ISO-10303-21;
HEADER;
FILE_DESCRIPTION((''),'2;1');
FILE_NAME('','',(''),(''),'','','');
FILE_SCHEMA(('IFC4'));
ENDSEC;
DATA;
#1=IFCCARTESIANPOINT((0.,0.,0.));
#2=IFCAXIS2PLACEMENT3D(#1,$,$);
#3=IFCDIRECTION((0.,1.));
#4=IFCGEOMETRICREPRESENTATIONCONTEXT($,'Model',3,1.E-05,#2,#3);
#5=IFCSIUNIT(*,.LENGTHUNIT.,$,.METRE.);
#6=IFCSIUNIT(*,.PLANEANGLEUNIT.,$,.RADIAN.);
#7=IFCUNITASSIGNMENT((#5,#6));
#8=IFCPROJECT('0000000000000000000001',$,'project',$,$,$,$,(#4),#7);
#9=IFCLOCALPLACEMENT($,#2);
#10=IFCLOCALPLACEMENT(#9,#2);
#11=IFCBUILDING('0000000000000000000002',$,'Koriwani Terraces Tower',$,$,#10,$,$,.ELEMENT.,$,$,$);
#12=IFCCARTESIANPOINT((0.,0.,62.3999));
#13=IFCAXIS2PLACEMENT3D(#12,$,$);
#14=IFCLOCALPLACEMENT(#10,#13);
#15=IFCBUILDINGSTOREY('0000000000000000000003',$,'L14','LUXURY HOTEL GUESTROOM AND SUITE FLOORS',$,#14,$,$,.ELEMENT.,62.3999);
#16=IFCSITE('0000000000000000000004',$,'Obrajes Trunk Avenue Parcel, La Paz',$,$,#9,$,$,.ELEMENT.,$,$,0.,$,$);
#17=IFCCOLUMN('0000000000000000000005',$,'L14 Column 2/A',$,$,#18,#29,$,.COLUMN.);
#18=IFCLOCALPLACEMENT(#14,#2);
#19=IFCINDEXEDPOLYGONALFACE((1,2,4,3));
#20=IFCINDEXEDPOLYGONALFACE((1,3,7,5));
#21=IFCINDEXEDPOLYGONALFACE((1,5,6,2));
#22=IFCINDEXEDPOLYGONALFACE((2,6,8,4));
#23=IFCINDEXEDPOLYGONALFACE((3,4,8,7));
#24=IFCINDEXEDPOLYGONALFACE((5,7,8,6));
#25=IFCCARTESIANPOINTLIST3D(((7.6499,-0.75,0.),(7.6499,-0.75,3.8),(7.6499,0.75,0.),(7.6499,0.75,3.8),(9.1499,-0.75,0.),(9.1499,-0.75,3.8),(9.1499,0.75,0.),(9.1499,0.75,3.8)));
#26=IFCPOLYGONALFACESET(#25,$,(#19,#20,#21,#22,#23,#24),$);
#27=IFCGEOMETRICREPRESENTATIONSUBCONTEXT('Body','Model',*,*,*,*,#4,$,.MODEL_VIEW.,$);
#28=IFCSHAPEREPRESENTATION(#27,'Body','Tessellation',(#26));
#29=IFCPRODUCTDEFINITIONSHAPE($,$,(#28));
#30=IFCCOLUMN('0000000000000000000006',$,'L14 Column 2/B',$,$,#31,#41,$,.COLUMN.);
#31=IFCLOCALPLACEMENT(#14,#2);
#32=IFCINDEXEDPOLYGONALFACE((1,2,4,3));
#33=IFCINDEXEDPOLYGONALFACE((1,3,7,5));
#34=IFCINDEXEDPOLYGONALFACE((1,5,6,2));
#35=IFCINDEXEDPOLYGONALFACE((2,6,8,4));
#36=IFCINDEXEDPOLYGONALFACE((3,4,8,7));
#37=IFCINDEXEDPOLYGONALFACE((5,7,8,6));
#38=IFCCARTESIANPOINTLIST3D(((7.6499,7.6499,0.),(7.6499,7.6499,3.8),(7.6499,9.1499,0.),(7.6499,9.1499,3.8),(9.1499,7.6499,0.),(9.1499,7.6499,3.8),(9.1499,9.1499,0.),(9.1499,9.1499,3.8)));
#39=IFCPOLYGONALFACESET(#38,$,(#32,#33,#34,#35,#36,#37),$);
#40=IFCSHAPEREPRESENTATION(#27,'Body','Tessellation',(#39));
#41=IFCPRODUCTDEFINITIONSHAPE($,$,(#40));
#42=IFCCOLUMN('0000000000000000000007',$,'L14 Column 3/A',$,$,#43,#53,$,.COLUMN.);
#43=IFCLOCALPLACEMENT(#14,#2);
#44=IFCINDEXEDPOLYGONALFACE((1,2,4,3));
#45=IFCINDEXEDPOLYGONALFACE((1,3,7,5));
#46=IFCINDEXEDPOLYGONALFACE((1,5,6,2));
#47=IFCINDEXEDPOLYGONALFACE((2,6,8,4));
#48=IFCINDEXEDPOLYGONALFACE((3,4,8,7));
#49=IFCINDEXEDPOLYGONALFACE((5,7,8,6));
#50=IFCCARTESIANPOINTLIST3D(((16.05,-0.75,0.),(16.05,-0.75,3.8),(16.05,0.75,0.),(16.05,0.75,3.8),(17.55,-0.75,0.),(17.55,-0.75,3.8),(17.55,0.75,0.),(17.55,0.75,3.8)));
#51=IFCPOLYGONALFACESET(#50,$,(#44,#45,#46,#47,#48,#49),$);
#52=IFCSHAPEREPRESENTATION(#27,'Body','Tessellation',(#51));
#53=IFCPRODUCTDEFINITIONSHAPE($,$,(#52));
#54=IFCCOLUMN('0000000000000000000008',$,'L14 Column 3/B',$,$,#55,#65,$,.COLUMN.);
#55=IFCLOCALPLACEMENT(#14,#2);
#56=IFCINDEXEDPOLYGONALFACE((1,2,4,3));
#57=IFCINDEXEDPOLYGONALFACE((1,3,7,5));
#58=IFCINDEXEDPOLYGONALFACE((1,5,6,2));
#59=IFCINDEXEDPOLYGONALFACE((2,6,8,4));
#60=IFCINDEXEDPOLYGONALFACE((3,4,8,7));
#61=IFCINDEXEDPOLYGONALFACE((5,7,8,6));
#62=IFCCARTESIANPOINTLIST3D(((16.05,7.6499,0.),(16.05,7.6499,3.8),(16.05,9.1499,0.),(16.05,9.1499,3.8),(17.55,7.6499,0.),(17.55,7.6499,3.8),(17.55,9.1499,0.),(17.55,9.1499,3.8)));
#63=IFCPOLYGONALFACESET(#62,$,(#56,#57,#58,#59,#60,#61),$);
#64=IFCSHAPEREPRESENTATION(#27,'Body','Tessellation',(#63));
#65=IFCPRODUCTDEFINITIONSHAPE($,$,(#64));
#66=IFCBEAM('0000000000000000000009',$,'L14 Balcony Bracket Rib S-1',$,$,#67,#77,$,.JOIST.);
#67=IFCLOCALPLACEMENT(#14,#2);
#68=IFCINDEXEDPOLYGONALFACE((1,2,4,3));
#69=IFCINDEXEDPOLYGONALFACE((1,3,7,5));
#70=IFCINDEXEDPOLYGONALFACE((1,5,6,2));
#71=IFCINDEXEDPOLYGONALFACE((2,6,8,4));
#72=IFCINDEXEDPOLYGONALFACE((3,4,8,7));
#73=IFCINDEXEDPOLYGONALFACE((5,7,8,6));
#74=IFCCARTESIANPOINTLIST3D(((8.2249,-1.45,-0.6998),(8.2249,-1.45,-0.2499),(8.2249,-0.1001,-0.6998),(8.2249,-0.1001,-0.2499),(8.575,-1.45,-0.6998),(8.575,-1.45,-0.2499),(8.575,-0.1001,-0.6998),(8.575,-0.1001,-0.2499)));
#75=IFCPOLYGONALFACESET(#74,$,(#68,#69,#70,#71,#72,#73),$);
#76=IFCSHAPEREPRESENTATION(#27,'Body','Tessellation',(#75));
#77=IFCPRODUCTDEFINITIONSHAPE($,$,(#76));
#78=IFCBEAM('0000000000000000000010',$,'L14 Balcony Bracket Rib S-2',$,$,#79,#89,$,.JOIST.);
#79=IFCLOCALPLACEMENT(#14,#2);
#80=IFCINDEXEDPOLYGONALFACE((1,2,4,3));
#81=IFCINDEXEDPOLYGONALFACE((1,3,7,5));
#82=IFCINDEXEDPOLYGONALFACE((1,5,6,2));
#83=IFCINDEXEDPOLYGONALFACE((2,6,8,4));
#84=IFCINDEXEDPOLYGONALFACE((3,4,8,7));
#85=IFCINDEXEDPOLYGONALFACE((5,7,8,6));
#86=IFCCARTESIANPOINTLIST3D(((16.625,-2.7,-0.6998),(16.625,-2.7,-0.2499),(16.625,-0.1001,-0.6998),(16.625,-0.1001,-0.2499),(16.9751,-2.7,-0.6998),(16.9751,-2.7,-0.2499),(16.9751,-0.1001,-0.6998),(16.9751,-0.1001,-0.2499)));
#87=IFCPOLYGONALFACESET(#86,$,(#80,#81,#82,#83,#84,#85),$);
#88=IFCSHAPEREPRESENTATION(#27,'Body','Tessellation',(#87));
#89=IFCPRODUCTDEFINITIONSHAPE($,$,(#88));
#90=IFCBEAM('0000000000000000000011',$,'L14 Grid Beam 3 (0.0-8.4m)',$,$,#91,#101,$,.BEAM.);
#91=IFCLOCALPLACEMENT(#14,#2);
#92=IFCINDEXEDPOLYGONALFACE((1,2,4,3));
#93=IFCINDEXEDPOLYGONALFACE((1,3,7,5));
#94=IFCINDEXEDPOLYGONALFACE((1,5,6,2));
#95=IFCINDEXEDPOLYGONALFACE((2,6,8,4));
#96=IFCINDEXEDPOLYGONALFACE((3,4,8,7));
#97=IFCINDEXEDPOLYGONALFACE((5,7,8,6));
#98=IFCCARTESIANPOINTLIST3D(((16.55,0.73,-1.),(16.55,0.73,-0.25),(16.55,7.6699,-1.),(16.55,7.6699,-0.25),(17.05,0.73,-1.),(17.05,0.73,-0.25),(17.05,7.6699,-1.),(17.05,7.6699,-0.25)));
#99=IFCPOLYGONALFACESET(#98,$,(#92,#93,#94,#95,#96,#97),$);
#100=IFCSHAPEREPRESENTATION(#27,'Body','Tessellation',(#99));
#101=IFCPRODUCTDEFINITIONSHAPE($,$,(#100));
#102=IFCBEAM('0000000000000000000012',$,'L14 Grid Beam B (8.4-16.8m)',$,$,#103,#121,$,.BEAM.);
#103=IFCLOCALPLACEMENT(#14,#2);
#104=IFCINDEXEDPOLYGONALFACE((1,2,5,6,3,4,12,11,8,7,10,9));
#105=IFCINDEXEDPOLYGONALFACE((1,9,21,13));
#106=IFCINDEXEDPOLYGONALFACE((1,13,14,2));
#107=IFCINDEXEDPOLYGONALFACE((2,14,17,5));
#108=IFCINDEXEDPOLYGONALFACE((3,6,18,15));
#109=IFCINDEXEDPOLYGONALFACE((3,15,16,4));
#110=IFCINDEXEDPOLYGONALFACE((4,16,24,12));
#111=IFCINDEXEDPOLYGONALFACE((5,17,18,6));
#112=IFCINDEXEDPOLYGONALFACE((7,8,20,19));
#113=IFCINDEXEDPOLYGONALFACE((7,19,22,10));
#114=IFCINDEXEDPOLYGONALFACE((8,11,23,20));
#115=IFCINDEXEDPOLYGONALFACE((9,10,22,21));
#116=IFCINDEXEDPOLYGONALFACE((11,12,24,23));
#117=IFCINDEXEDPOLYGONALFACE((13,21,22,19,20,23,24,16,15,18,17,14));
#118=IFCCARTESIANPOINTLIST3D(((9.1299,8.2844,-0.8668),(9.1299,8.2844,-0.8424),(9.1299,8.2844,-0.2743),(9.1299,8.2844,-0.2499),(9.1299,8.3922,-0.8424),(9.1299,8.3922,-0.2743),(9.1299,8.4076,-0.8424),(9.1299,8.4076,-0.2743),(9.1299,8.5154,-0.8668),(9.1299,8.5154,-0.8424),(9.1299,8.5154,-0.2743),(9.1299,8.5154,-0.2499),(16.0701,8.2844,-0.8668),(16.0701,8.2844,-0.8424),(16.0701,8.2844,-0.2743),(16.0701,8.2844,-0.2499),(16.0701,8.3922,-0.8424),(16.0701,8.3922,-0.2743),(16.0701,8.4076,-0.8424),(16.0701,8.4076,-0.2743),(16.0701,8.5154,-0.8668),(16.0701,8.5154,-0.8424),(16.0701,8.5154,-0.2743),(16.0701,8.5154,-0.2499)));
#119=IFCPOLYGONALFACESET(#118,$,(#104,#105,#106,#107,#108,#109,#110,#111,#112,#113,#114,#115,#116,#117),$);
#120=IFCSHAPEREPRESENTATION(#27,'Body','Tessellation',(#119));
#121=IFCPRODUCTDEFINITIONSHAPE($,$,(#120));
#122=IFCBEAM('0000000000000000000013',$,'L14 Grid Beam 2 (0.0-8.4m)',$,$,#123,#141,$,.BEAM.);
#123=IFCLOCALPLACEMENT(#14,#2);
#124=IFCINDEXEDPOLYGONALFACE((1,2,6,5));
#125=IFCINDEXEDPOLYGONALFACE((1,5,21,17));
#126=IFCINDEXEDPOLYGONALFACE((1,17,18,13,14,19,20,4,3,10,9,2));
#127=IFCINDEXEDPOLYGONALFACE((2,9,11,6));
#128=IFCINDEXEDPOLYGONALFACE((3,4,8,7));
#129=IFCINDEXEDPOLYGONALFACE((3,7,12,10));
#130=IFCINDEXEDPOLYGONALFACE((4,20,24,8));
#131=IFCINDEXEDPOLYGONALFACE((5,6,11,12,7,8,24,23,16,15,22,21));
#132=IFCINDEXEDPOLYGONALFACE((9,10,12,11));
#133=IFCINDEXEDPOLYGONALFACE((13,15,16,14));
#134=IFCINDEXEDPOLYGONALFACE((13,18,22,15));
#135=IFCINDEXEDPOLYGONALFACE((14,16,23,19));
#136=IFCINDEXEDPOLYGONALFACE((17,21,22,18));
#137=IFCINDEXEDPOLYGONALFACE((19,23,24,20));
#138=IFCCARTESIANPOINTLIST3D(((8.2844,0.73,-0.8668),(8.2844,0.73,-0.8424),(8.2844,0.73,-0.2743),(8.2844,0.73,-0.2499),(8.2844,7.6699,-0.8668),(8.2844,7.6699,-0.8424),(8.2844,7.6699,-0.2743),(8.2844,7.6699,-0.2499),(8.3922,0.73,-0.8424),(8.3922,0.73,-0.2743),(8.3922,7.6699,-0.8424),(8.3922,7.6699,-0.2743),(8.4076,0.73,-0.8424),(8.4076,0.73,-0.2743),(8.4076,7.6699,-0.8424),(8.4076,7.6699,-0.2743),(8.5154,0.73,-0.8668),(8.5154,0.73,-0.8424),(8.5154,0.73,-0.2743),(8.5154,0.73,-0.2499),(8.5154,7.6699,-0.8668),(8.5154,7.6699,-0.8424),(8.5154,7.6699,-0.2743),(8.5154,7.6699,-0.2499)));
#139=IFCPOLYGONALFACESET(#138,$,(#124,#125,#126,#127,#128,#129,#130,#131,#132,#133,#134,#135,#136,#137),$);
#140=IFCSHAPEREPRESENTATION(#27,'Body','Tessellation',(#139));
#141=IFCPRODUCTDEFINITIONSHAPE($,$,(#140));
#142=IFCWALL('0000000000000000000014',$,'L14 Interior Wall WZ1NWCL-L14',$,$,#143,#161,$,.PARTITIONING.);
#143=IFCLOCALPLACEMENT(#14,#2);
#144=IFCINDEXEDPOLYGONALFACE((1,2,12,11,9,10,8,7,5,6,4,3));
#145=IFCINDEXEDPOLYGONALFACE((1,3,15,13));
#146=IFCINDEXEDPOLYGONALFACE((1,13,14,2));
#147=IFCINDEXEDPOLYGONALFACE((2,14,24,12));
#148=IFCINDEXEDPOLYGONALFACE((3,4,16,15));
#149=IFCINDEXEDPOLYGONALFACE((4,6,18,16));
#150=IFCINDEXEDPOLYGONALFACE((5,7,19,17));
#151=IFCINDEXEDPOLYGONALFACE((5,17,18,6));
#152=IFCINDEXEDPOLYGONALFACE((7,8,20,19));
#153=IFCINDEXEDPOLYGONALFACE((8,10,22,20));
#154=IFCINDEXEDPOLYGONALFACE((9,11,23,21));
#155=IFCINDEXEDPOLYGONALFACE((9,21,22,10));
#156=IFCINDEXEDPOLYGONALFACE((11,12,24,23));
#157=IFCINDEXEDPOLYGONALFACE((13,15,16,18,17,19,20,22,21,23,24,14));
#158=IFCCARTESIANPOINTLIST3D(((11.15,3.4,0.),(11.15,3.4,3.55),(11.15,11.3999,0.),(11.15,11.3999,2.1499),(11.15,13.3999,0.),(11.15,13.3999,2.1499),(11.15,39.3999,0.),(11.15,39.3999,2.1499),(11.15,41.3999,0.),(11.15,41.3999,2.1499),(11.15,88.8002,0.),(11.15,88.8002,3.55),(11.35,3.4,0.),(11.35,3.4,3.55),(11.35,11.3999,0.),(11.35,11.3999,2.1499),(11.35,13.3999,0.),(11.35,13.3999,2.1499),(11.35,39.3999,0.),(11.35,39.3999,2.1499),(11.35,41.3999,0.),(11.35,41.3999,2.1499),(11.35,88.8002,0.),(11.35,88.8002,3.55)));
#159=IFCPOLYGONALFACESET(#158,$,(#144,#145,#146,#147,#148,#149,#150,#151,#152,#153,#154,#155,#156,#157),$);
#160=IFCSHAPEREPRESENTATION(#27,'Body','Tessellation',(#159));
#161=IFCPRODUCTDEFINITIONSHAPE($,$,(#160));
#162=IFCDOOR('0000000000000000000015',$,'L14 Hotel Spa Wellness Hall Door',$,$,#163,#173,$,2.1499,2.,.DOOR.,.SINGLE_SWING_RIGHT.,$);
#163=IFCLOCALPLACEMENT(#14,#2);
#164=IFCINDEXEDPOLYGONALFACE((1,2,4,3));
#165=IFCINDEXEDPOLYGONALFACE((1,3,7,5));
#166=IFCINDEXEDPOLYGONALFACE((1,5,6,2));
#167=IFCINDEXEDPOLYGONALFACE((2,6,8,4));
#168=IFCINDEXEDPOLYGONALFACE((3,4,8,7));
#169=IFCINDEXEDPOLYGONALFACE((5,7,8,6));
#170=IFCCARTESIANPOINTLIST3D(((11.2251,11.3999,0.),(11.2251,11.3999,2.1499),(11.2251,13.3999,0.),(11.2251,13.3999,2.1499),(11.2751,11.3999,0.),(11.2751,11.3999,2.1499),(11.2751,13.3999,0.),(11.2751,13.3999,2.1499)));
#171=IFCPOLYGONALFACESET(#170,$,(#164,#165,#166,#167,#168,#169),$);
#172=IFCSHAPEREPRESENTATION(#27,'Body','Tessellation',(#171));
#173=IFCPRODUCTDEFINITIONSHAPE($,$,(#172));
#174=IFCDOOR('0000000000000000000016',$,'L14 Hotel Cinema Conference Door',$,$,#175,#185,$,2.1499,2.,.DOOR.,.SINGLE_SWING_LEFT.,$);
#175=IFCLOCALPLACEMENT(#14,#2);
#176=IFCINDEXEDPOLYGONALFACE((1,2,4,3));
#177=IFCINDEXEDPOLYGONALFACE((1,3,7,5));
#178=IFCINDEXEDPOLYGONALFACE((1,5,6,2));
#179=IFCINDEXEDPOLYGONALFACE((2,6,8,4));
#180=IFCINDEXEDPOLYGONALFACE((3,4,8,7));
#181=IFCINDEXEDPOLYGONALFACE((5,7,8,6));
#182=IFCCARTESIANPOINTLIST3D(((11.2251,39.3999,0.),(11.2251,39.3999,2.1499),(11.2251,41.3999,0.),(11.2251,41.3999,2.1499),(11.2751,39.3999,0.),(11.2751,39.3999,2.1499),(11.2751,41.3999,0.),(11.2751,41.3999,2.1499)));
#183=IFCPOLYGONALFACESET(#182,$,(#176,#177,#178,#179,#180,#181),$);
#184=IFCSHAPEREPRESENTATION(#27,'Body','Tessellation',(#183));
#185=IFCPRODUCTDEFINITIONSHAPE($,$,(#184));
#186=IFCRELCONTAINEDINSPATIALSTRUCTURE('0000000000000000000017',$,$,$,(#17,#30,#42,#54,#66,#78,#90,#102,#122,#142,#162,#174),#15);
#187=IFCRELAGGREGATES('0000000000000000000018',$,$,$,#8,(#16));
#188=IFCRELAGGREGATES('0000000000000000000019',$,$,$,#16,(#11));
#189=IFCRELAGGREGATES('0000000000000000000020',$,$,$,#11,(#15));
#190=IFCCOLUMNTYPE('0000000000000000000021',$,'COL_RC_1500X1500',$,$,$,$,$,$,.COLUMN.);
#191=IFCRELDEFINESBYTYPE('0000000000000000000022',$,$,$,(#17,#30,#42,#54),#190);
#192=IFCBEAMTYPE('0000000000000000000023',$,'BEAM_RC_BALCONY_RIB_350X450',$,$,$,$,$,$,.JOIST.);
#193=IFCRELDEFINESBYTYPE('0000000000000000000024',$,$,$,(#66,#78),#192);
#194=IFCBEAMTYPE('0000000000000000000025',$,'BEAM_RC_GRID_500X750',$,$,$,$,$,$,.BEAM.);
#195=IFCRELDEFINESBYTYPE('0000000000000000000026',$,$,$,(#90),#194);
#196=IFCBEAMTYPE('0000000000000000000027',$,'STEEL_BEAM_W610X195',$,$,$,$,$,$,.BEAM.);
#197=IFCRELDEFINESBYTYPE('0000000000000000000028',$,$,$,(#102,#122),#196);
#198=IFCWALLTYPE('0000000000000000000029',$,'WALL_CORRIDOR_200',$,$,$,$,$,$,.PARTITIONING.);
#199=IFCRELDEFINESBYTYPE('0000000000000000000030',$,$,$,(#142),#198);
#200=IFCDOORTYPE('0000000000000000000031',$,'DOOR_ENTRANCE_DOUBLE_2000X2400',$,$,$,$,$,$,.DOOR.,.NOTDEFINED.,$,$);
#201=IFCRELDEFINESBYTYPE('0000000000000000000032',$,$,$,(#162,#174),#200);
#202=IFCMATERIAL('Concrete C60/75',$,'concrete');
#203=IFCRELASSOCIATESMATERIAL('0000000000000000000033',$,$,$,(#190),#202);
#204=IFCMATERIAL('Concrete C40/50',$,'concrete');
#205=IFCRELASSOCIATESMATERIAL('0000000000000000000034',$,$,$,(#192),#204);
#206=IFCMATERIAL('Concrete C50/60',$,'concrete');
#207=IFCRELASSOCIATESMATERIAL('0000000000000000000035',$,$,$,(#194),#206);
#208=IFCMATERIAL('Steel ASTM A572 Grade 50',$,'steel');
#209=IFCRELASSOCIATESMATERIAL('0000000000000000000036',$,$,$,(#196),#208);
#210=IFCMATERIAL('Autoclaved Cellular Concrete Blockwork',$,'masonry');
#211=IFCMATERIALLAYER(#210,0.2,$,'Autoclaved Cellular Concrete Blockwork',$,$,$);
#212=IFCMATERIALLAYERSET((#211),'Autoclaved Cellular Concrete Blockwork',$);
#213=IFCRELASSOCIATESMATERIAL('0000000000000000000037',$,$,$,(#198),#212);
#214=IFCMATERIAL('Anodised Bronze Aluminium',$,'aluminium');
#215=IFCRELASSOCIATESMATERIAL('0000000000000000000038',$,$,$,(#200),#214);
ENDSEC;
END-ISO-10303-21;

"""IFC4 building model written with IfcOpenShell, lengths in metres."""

from ifc_helpers import new_model, si_unit, direction, frame, frame_2d, origin, origin_2d, place, context, subcontext, project, spatial, rectangle, i_section, extrude, material, layer, layer_set, material_profile, profile_set, type_object, element, fill, save


model = new_model("IFC4")

# Units and contexts
model_context = context("Model", 3, precision=1e-05, world=origin(), true_north=direction((0.0, 1.0)))
body_context = subcontext(model_context, "Body", "Model", "MODEL_VIEW")
ifc_project = project(units=[si_unit("LENGTHUNIT", "METRE"), si_unit("PLANEANGLEUNIT", "RADIAN")], contexts=[model_context])

# Site, building, storey
site_placement = place(None, origin())
site = spatial("IfcSite", under=ifc_project, at=site_placement, Name="Obrajes Trunk Avenue Parcel, La Paz", CompositionType="ELEMENT", RefElevation=0.0)
building_placement = place(site_placement, origin())
building = spatial("IfcBuilding", under=site, at=building_placement, Name="Koriwani Terraces Tower", CompositionType="ELEMENT")
storey_placement = place(building_placement, frame((0.0, 0.0, 62.3999)))
storey = spatial("IfcBuildingStorey", under=building, at=storey_placement, Name="L14", Description="LUXURY HOTEL GUESTROOM AND SUITE FLOORS", CompositionType="ELEMENT", Elevation=62.3999)

# Columns
ifc_material_1 = material(Name="Concrete C60/75", Category="concrete")
ifc_material_profile_1 = material_profile(ifc_material_1, rectangle(XDim=1.5, YDim=1.5, at=origin_2d()), Name="Concrete C60/75", Category="LoadBearing")
ifc_profile_set_1 = profile_set([ifc_material_profile_1], Name="Concrete C60/75")
column_type = type_object("IfcColumnType", Name="COL_RC_1500X1500", PredefinedType="COLUMN", material=ifc_profile_set_1)
for number, where, z_axis, x_axis, name in (
    (1, (8.3999, 0.0, 0.0), (0.0, 0.0, 1.0), (1.0, 0.0, 0.0), "L14 Column 2/A"),
    (2, (8.3999, 8.3999, 0.0), (0.0, 0.0, 1.0), (1.0, 0.0, 0.0), "L14 Column 2/B"),
    (3, (16.8, 0.0, 0.0), (0.0, 0.0, 1.0), (1.0, 0.0, 0.0), "L14 Column 3/A"),
    (4, (16.8, 8.3999, 0.0), (0.0, 0.0, 1.0), (1.0, 0.0, 0.0), "L14 Column 3/B"),
):
    element("IfcColumn", number, at=place(storey_placement, frame(where, z_axis=z_axis, x_axis=x_axis)), inside=storey, type_object=column_type, Name=name, PredefinedType="COLUMN", context=body_context, shape_type="SweptSolid", body=[
        extrude(rectangle(XDim=1.5, YDim=1.5, at=origin_2d()), origin(), (0.0, 0.0, 1.0), 3.8),
    ])

# Beams
ifc_material_2 = material(Name="Concrete C40/50", Category="concrete")
ifc_material_profile_2 = material_profile(ifc_material_2, rectangle(XDim=0.3501, YDim=0.45, at=origin_2d()), Name="Concrete C40/50", Category="LoadBearing")
ifc_profile_set_2 = profile_set([ifc_material_profile_2], Name="Concrete C40/50")
beam_type_1 = type_object("IfcBeamType", Name="BEAM_RC_BALCONY_RIB_350X450", PredefinedType="JOIST", material=ifc_profile_set_2)
beam_1_placement = place(storey_placement, frame((8.3999, -1.45, -0.4749), z_axis=(0.0, 1.0, 0.0), x_axis=(-1.0, 0.0, 0.0)))
element("IfcBeam", 5, at=beam_1_placement, inside=storey, type_object=beam_type_1, Name="L14 Balcony Bracket Rib S-1", PredefinedType="JOIST", context=body_context, shape_type="SweptSolid", body=[
    extrude(rectangle(XDim=0.3501, YDim=0.45, at=origin_2d()), origin(), (0.0, 0.0, 1.0), 1.3499),
])
beam_2_placement = place(storey_placement, frame((16.8, -2.7, -0.4749), z_axis=(0.0, 1.0, 0.0), x_axis=(-1.0, 0.0, 0.0)))
element("IfcBeam", 6, at=beam_2_placement, inside=storey, type_object=beam_type_1, Name="L14 Balcony Bracket Rib S-2", PredefinedType="JOIST", context=body_context, shape_type="SweptSolid", body=[
    extrude(rectangle(XDim=0.3501, YDim=0.45, at=origin_2d()), origin(), (0.0, 0.0, 1.0), 2.5999),
])
ifc_material_3 = material(Name="Concrete C50/60", Category="concrete")
ifc_material_profile_3 = material_profile(ifc_material_3, rectangle(XDim=0.5, YDim=0.75, at=origin_2d()), Name="Concrete C50/60", Category="LoadBearing")
ifc_profile_set_3 = profile_set([ifc_material_profile_3], Name="Concrete C50/60")
beam_type_2 = type_object("IfcBeamType", Name="BEAM_RC_GRID_500X750", PredefinedType="BEAM", material=ifc_profile_set_3)
beam_3_placement = place(storey_placement, frame((16.8, 0.73, -0.625), z_axis=(0.0, 1.0, 0.0), x_axis=(-1.0, 0.0, 0.0)))
element("IfcBeam", 7, at=beam_3_placement, inside=storey, type_object=beam_type_2, Name="L14 Grid Beam 3 (0.0-8.4m)", PredefinedType="BEAM", context=body_context, shape_type="SweptSolid", body=[
    extrude(rectangle(XDim=0.5, YDim=0.75, at=origin_2d()), origin(), (0.0, 0.0, 1.0), 6.9399),
])
ifc_material_4 = material(Name="Steel ASTM A572 Grade 50", Category="steel")
ifc_material_profile_4 = material_profile(ifc_material_4, i_section(OverallWidth=0.231, OverallDepth=0.6169, WebThickness=0.0154, FlangeThickness=0.0244, at=origin_2d()), Name="Steel ASTM A572 Grade 50", Category="LoadBearing")
ifc_profile_set_4 = profile_set([ifc_material_profile_4], Name="Steel ASTM A572 Grade 50")
beam_type_3 = type_object("IfcBeamType", Name="STEEL_BEAM_W610X195", PredefinedType="BEAM", material=ifc_profile_set_4)
beam_4_placement = place(storey_placement, frame((9.1299, 8.3999, -0.5583), z_axis=(1.0, 0.0, 0.0), x_axis=(0.0, 1.0, 0.0)))
element("IfcBeam", 8, at=beam_4_placement, inside=storey, type_object=beam_type_3, Name="L14 Grid Beam B (8.4-16.8m)", PredefinedType="BEAM", context=body_context, shape_type="SweptSolid", body=[
    extrude(i_section(OverallWidth=0.231, OverallDepth=0.6169, WebThickness=0.0154, FlangeThickness=0.0244, at=origin_2d()), origin(), (0.0, 0.0, 1.0), 6.9402),
])
beam_5_placement = place(storey_placement, frame((8.3999, 0.73, -0.5583), z_axis=(0.0, 1.0, 0.0), x_axis=(-1.0, 0.0, 0.0)))
element("IfcBeam", 9, at=beam_5_placement, inside=storey, type_object=beam_type_3, Name="L14 Grid Beam 2 (0.0-8.4m)", PredefinedType="BEAM", context=body_context, shape_type="SweptSolid", body=[
    extrude(i_section(OverallWidth=0.231, OverallDepth=0.6169, WebThickness=0.0154, FlangeThickness=0.0244, at=origin_2d()), origin(), (0.0, 0.0, 1.0), 6.9399),
])

# Wall, openings, doors
ifc_material_5 = material(Name="Autoclaved Cellular Concrete Blockwork", Category="masonry")
ifc_layer_1 = layer(ifc_material_5, 0.2, Name="Autoclaved Cellular Concrete Blockwork")
ifc_layer_set_1 = layer_set([ifc_layer_1], Name="Autoclaved Cellular Concrete Blockwork")
wall_type_1 = type_object("IfcWallType", Name="WALL_CORRIDOR_200", PredefinedType="PARTITIONING", material=ifc_layer_set_1)
wall_1_placement = place(storey_placement, frame((11.25, 3.3999, 0.0), z_axis=(0.0, 0.0, 1.0), x_axis=(0.0, 1.0, 0.0)))
wall_1 = element("IfcWall", 10, at=wall_1_placement, inside=storey, type_object=wall_type_1, Name="L14 Interior Wall WZ1NWCL-L14", PredefinedType="PARTITIONING", context=body_context, shape_type="SweptSolid", body=[
    extrude(rectangle(XDim=85.4001, YDim=0.2, at=frame_2d((42.7002, 0.0))), origin(), (0.0, 0.0, 1.0), 3.55),
])
opening_1_placement = place(wall_1_placement, frame((8.0, 0.0, 0.0)))
opening_1 = element("IfcOpeningElement", 11, at=opening_1_placement, cuts=wall_1, PredefinedType="OPENING", context=body_context, shape_type="SweptSolid", body=[
    extrude(rectangle(XDim=2.0, YDim=2.1499, at=frame_2d((1.0, 1.075))), frame((0.0, 0.1099, 0.0), z_axis=(0.0, -1.0, 0.0), x_axis=(1.0, 0.0, 0.0)), (0.0, 0.0, 1.0), 0.22),
])
opening_2_placement = place(wall_1_placement, frame((36.0, 0.0, 0.0)))
opening_2 = element("IfcOpeningElement", 12, at=opening_2_placement, cuts=wall_1, PredefinedType="OPENING", context=body_context, shape_type="SweptSolid", body=[
    extrude(rectangle(XDim=2.0, YDim=2.1499, at=frame_2d((1.0, 1.075))), frame((0.0, 0.1099, 0.0), z_axis=(0.0, -1.0, 0.0), x_axis=(1.0, 0.0, 0.0)), (0.0, 0.0, 1.0), 0.22),
])
ifc_material_6 = material(Name="Anodised Bronze Aluminium", Category="aluminium")
door_type_1 = type_object("IfcDoorType", Name="DOOR_ENTRANCE_DOUBLE_2000X2400", OperationType="NOTDEFINED", PredefinedType="DOOR", material=ifc_material_6)
door_1_placement = place(opening_1_placement, origin())
door_1 = element("IfcDoor", 13, at=door_1_placement, inside=storey, type_object=door_type_1, Name="L14 Hotel Spa Wellness Hall Door", OperationType="SINGLE_SWING_RIGHT", OverallHeight=2.1499, OverallWidth=2.0, PredefinedType="DOOR", context=body_context, shape_type="SweptSolid", body=[
    extrude(rectangle(XDim=2.0, YDim=2.1499, at=frame_2d((1.0, 1.075))), frame((0.0, 0.0249, 0.0), z_axis=(0.0, -1.0, 0.0), x_axis=(1.0, 0.0, 0.0)), (0.0, 0.0, 1.0), 0.05),
])
fill(opening_1, door_1)
door_2_placement = place(opening_2_placement, origin())
door_2 = element("IfcDoor", 14, at=door_2_placement, inside=storey, type_object=door_type_1, Name="L14 Hotel Cinema Conference Door", OperationType="SINGLE_SWING_LEFT", OverallHeight=2.1499, OverallWidth=2.0, PredefinedType="DOOR", context=body_context, shape_type="SweptSolid", body=[
    extrude(rectangle(XDim=2.0, YDim=2.1499, at=frame_2d((1.0, 1.075))), frame((0.0, 0.0249, 0.0), z_axis=(0.0, -1.0, 0.0), x_axis=(1.0, 0.0, 0.0)), (0.0, 0.0, 1.0), 0.05),
])
fill(opening_2, door_2)

save(model, "model.ifc")
